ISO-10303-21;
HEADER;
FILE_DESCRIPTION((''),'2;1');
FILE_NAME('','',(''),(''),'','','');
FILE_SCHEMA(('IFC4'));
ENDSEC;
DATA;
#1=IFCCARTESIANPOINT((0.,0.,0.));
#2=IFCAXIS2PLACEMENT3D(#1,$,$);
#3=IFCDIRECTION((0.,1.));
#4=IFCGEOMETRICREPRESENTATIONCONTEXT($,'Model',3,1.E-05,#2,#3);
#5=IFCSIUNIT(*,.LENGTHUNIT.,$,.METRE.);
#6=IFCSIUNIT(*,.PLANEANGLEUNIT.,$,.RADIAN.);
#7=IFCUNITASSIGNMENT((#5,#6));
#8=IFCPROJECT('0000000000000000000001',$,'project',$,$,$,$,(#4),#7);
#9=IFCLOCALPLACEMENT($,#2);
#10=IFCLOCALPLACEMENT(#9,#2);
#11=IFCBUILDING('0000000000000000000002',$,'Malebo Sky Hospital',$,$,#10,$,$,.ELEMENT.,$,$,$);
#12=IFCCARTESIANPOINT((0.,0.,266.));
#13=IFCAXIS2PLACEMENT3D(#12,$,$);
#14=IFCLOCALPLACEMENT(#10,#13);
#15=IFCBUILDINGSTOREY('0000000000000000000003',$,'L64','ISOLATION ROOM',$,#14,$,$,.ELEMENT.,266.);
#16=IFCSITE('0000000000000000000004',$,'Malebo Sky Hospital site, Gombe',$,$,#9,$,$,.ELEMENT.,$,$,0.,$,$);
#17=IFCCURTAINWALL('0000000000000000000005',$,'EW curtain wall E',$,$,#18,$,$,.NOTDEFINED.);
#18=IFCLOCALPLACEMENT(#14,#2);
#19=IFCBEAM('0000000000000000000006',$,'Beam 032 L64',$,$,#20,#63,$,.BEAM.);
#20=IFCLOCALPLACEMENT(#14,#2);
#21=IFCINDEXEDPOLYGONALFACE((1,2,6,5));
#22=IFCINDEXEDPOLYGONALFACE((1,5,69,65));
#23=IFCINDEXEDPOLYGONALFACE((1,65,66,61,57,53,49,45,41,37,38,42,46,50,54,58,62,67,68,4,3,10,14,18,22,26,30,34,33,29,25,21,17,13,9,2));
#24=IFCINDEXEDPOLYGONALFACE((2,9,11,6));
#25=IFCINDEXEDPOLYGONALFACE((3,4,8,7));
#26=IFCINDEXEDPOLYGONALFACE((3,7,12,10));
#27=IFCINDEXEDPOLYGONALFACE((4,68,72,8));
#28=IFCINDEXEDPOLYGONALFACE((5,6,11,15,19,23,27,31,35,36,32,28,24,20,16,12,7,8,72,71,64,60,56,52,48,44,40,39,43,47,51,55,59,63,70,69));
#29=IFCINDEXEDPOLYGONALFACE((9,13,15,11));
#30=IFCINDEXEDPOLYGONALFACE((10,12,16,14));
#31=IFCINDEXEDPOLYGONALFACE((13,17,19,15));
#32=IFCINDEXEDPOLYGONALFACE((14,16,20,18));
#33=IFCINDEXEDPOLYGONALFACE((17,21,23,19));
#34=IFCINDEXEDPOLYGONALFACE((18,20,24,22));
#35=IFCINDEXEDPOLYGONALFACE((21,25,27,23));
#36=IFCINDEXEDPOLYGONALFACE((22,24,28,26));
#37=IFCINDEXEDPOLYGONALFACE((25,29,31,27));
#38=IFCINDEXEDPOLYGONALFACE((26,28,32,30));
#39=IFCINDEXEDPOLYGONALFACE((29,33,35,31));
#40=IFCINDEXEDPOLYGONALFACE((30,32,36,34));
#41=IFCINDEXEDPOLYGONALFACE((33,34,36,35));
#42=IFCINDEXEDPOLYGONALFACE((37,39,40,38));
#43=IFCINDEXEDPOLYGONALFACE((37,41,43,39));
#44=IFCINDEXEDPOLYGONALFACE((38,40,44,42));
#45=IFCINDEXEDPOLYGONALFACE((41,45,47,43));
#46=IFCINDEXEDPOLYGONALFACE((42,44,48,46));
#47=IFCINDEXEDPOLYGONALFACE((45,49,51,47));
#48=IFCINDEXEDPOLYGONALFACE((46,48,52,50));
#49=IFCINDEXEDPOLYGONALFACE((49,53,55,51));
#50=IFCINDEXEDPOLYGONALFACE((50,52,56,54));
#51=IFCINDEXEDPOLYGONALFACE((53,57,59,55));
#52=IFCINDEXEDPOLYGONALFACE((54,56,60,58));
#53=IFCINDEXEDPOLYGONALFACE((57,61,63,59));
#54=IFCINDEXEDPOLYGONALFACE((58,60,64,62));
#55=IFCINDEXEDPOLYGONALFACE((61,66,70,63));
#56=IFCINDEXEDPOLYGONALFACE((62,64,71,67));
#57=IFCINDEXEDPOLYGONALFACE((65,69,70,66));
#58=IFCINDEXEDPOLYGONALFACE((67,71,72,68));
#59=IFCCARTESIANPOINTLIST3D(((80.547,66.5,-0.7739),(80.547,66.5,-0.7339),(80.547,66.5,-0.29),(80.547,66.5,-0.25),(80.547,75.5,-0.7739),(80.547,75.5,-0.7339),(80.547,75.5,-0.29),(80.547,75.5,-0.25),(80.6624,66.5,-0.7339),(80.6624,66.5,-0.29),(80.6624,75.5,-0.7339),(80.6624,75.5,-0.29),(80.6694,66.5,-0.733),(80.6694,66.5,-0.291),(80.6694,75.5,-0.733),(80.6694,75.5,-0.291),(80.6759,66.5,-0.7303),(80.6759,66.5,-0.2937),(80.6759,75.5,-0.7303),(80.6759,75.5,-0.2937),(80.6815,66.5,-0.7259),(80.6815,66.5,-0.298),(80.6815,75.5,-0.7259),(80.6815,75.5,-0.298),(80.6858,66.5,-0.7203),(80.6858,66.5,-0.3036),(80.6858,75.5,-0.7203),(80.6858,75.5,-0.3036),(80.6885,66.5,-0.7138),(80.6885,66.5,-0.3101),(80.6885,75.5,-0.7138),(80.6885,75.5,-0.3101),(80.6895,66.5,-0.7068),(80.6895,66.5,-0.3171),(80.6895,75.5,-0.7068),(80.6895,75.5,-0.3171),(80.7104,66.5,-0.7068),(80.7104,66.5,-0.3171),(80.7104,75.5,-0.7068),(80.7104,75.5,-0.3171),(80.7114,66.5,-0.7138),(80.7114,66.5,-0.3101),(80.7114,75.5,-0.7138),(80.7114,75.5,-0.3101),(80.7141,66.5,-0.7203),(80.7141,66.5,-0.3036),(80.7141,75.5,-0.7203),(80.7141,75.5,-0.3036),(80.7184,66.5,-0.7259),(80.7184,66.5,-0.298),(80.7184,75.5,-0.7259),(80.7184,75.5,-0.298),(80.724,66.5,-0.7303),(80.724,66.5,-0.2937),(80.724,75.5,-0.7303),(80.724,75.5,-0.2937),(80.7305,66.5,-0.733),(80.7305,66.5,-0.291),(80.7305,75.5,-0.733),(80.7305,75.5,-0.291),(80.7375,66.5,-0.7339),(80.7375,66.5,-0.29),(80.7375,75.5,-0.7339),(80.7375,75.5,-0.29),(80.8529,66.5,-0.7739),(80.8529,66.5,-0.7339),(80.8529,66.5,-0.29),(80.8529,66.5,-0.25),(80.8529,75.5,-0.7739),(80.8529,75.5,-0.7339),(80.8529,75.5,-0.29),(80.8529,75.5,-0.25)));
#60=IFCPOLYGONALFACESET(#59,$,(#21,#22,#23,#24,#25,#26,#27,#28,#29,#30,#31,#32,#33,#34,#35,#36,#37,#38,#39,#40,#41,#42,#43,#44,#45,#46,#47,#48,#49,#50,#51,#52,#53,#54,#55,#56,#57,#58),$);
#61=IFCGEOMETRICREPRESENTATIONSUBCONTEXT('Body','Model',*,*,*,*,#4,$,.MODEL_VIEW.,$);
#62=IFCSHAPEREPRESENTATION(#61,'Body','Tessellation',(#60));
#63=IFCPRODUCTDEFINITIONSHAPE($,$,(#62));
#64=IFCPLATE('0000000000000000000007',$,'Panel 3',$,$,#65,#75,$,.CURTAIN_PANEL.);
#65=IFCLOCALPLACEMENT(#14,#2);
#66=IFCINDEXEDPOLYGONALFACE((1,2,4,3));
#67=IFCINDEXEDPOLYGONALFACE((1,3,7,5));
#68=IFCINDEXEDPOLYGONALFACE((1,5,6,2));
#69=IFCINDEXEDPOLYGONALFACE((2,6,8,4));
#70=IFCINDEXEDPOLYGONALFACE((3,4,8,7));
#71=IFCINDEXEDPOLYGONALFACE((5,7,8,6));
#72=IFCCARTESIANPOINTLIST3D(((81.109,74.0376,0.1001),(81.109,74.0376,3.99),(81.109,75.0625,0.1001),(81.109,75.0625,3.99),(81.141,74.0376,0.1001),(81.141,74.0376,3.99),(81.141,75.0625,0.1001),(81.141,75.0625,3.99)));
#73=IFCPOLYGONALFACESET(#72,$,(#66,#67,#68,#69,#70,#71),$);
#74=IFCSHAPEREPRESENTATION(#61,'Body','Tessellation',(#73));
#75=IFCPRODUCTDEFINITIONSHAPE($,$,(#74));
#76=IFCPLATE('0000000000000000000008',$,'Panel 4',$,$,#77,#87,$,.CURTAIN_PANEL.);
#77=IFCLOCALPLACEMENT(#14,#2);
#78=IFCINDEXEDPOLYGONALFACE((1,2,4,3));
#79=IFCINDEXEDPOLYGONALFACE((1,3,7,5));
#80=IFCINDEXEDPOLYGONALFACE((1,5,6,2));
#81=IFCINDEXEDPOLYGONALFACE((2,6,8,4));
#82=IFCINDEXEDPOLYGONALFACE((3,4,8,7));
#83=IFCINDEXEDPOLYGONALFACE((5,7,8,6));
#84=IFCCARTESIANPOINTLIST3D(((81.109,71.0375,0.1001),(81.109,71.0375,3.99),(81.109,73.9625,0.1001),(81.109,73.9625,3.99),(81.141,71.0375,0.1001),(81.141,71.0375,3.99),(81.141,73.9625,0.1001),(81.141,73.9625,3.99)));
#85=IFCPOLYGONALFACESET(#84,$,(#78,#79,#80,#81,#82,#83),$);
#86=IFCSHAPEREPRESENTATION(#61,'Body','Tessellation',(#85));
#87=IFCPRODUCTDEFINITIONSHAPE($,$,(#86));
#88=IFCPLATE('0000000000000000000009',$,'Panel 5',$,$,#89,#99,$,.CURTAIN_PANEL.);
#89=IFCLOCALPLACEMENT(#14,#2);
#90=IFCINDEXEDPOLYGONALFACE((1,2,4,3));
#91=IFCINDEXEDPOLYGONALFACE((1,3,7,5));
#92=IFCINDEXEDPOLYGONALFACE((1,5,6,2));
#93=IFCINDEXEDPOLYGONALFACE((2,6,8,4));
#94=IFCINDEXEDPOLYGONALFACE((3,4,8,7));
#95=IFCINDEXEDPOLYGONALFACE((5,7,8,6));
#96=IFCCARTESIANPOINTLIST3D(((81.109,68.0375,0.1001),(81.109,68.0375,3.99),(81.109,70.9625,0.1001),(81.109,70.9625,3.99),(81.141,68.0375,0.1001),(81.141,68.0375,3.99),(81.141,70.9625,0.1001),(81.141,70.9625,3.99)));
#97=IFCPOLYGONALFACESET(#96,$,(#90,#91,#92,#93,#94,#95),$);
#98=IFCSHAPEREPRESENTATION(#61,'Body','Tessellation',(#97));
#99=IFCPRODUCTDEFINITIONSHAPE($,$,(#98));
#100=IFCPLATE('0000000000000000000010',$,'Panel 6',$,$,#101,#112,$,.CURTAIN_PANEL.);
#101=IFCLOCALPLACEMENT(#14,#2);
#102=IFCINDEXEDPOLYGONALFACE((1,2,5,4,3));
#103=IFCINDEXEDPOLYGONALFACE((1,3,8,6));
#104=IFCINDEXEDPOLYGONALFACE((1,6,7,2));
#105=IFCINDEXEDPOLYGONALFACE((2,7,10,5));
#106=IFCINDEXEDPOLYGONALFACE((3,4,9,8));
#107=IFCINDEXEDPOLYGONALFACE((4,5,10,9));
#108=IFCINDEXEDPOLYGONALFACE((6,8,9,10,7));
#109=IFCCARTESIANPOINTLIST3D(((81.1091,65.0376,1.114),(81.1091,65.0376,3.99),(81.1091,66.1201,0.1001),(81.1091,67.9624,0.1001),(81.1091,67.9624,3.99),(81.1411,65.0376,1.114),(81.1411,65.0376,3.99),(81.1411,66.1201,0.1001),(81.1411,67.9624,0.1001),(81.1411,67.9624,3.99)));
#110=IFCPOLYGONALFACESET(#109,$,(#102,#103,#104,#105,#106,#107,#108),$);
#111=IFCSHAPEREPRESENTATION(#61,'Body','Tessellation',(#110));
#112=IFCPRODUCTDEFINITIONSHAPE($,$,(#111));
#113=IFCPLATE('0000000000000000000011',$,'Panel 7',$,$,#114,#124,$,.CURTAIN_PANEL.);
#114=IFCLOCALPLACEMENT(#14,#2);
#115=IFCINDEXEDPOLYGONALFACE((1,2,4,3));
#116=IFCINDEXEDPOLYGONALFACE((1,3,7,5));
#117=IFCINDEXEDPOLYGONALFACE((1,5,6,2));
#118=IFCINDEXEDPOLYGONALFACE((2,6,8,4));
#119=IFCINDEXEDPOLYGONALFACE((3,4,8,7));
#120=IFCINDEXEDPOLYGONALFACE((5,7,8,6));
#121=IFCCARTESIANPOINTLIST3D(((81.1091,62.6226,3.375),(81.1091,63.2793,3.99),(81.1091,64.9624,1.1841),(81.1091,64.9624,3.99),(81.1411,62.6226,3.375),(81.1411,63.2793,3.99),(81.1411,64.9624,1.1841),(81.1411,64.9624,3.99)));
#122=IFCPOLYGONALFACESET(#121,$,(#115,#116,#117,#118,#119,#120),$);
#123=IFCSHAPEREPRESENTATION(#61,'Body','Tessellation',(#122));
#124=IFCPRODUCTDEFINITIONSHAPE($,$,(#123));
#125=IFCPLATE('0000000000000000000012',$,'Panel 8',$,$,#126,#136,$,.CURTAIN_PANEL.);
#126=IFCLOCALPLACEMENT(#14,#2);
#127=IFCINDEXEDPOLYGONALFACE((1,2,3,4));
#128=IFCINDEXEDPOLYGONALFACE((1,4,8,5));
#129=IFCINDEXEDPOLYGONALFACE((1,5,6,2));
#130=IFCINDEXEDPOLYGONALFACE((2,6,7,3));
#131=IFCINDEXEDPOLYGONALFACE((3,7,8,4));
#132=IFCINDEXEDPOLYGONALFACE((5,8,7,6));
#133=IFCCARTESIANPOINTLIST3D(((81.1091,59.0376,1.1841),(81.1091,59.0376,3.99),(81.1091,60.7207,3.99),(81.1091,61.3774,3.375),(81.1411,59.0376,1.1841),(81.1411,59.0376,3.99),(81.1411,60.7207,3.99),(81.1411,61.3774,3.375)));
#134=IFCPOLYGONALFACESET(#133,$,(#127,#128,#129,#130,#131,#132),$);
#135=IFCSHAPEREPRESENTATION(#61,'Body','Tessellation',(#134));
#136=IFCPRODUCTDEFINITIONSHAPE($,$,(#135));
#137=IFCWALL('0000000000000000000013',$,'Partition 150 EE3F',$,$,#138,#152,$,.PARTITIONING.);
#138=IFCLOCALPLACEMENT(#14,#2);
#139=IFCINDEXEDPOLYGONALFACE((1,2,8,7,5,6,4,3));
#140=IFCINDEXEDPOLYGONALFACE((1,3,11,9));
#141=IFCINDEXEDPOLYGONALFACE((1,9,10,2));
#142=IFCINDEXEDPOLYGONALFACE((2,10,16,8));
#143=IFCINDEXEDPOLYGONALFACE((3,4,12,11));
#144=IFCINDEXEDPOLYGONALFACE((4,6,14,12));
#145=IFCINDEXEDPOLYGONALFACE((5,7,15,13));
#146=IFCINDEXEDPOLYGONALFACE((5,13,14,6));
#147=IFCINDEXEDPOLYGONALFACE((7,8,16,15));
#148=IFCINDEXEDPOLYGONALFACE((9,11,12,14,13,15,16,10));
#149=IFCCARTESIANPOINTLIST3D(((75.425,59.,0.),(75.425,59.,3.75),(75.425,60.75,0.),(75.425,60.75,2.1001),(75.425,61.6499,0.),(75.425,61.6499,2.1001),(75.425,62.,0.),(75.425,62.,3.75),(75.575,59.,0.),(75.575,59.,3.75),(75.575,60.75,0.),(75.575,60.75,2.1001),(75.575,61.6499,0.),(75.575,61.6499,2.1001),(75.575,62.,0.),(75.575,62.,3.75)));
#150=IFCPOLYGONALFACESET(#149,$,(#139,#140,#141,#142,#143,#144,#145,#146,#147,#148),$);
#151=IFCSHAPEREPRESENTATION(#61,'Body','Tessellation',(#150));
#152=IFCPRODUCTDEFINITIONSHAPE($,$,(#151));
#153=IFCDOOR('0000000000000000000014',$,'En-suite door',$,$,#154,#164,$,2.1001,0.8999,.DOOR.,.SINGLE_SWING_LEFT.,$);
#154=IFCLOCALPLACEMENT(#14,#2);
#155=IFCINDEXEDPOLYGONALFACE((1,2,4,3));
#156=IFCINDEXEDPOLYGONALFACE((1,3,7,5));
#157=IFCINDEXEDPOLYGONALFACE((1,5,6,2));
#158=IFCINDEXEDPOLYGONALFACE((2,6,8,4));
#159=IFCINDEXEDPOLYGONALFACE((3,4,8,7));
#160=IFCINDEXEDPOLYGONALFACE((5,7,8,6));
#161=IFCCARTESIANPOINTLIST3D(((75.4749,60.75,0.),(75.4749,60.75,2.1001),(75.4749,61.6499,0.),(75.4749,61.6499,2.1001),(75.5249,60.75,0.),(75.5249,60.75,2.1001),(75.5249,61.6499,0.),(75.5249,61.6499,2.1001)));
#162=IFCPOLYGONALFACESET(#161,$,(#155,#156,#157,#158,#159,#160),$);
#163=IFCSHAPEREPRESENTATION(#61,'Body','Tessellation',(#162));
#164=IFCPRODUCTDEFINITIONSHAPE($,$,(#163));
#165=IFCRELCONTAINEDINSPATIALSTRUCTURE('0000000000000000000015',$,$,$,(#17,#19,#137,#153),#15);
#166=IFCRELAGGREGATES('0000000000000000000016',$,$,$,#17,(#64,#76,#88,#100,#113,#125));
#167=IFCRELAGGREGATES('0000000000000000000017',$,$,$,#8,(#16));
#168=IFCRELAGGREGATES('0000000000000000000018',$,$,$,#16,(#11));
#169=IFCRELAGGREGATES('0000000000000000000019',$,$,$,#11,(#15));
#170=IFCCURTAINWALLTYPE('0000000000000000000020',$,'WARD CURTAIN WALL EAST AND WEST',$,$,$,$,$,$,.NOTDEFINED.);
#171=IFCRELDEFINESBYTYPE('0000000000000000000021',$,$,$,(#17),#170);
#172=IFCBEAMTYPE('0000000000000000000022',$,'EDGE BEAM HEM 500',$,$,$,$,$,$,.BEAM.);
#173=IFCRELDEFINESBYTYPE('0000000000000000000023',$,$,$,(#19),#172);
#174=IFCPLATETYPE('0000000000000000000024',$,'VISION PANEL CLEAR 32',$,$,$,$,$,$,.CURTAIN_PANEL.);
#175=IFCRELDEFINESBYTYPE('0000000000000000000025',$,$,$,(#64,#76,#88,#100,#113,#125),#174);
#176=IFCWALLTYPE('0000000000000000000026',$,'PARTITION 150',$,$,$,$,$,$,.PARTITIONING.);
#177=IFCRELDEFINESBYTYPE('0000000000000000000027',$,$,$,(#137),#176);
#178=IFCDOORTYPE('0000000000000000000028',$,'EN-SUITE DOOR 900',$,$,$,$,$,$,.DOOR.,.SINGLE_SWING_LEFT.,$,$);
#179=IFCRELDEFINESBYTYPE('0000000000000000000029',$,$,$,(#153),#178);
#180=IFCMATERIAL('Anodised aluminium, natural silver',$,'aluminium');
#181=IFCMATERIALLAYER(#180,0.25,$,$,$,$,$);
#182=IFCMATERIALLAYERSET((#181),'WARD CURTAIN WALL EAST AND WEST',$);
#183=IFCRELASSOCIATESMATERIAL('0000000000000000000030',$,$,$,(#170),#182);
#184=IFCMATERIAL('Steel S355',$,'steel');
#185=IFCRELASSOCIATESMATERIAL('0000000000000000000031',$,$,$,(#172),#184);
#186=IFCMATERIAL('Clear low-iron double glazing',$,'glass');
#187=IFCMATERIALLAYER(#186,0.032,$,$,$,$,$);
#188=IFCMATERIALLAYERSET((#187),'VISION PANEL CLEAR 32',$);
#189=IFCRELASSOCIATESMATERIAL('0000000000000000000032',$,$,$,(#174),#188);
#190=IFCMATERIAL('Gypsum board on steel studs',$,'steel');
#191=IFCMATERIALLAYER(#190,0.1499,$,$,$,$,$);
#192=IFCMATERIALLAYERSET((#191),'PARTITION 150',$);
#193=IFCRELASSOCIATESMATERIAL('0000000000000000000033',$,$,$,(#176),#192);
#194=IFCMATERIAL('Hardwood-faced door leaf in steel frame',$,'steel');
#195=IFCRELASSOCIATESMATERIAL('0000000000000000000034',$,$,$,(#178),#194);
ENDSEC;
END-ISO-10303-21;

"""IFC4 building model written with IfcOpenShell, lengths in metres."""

from ifc_helpers import new_model, si_unit, direction, frame, frame_2d, origin, origin_2d, place, context, subcontext, project, spatial, polyline, rectangle, i_section, outline, extrude, material, layer, layer_set, material_profile, profile_set, type_object, element, fill, aggregate, save


model = new_model("IFC4")

# Units and contexts
model_context = context("Model", 3, precision=1e-05, world=origin(), true_north=direction((0.0, 1.0)))
body_context = subcontext(model_context, "Body", "Model", "MODEL_VIEW")
ifc_project = project(units=[si_unit("LENGTHUNIT", "METRE"), si_unit("PLANEANGLEUNIT", "RADIAN")], contexts=[model_context])

# Site, building, storey
site_placement = place(None, origin())
site = spatial("IfcSite", under=ifc_project, at=site_placement, Name="Malebo Sky Hospital site, Gombe", CompositionType="ELEMENT", RefElevation=0.0)
building_placement = place(site_placement, origin())
building = spatial("IfcBuilding", under=site, at=building_placement, Name="Malebo Sky Hospital", CompositionType="ELEMENT")
storey_placement = place(building_placement, frame((0.0, 0.0, 266.0)))
storey = spatial("IfcBuildingStorey", under=building, at=storey_placement, Name="L64", Description="ISOLATION ROOM", CompositionType="ELEMENT", Elevation=266.0)

# Curtain wall
ifc_material_1 = material(Name="Anodised aluminium, natural silver", Category="aluminium")
ifc_layer_1 = layer(ifc_material_1, 0.25)
ifc_layer_set_1 = layer_set([ifc_layer_1], Name="WARD CURTAIN WALL EAST AND WEST")
curtain_wall_type = type_object("IfcCurtainWallType", Name="WARD CURTAIN WALL EAST AND WEST", PredefinedType="NOTDEFINED", material=ifc_layer_set_1)
curtain_wall_placement = place(storey_placement, origin())
curtain_wall = element("IfcCurtainWall", 1, at=curtain_wall_placement, inside=storey, type_object=curtain_wall_type, Name="EW curtain wall E", PredefinedType="NOTDEFINED")

# Shared definitions
ifc_material_2 = material(Name="Steel S355", Category="steel")

# Beam
ifc_material_profile_1 = material_profile(ifc_material_2, i_section(OverallWidth=0.3059, OverallDepth=0.5239, WebThickness=0.021, FlangeThickness=0.04, FilletRadius=0.0271, at=origin_2d()), Name="HEM 500")
ifc_profile_set_1 = profile_set([ifc_material_profile_1], Name="Steel S355")
beam_type = type_object("IfcBeamType", Name="EDGE BEAM HEM 500", PredefinedType="BEAM", material=ifc_profile_set_1)
beam_placement = place(storey_placement, frame((80.7, 66.5, -0.512), z_axis=(0.0, 1.0, 0.0), x_axis=(-1.0, 0.0, 0.0)))
element("IfcBeam", 2, at=beam_placement, inside=storey, type_object=beam_type, Name="Beam 032 L64", PredefinedType="BEAM", context=body_context, shape_type="SweptSolid", body=[
    extrude(i_section(OverallWidth=0.3059, OverallDepth=0.5239, WebThickness=0.021, FlangeThickness=0.04, FilletRadius=0.0271, at=origin_2d()), origin(), (0.0, 0.0, 1.0), 9.0),
])

# Plates
ifc_material_3 = material(Name="Clear low-iron double glazing", Category="glass")
ifc_layer_2 = layer(ifc_material_3, 0.032)
ifc_layer_set_2 = layer_set([ifc_layer_2], Name="VISION PANEL CLEAR 32")
plate_type = type_object("IfcPlateType", Name="VISION PANEL CLEAR 32", PredefinedType="CURTAIN_PANEL", material=ifc_layer_set_2)
plate_1_placement = place(storey_placement, frame((81.125, 74.55, 0.1001), z_axis=(0.0, 0.0, 1.0), x_axis=(0.0, -1.0, 0.0)))
plate_1 = element("IfcPlate", 3, at=plate_1_placement, type_object=plate_type, Name="Panel 3", PredefinedType="CURTAIN_PANEL", context=body_context, shape_type="SweptSolid", body=[
    extrude(rectangle(XDim=1.0249, YDim=0.032, at=origin_2d()), origin(), (0.0, 0.0, 1.0), 3.8899),
])
plate_2_placement = place(storey_placement, frame((81.125, 72.5, 0.1001), z_axis=(0.0, 0.0, 1.0), x_axis=(0.0, -1.0, 0.0)))
plate_2 = element("IfcPlate", 4, at=plate_2_placement, type_object=plate_type, Name="Panel 4", PredefinedType="CURTAIN_PANEL", context=body_context, shape_type="SweptSolid", body=[
    extrude(rectangle(XDim=2.925, YDim=0.032, at=origin_2d()), origin(), (0.0, 0.0, 1.0), 3.8899),
])
plate_3_placement = place(storey_placement, frame((81.125, 69.5, 0.1001), z_axis=(0.0, 0.0, 1.0), x_axis=(0.0, -1.0, 0.0)))
plate_3 = element("IfcPlate", 5, at=plate_3_placement, type_object=plate_type, Name="Panel 5", PredefinedType="CURTAIN_PANEL", context=body_context, shape_type="SweptSolid", body=[
    extrude(rectangle(XDim=2.925, YDim=0.032, at=origin_2d()), origin(), (0.0, 0.0, 1.0), 3.8899),
])
plate_4_placement = place(storey_placement, frame((81.125, 66.5, 0.1001), z_axis=(0.0, 0.0, 1.0), x_axis=(0.0, -1.0, 0.0)))
plate_4 = element("IfcPlate", 6, at=plate_4_placement, type_object=plate_type, Name="Panel 6", PredefinedType="CURTAIN_PANEL", context=body_context, shape_type="SweptSolid", body=[
    extrude(outline(polyline([(-1.4624, 0.0), (0.3799, 0.0), (1.4624, 1.0139), (1.4624, 3.8899), (-1.4624, 3.8899), (-1.4624, 0.0)])), frame((0.0, 0.0161, 0.0), z_axis=(0.0, -1.0, 0.0), x_axis=(1.0, 0.0, 0.0)), (0.0, 0.0, 1.0), 0.032),
])
plate_5_placement = place(storey_placement, frame((81.125, 63.7925, 1.1841), z_axis=(0.0, 0.0, 1.0), x_axis=(0.0, -1.0, 0.0)))
plate_5 = element("IfcPlate", 7, at=plate_5_placement, type_object=plate_type, Name="Panel 7", PredefinedType="CURTAIN_PANEL", context=body_context, shape_type="SweptSolid", body=[
    extrude(outline(polyline([(-1.1699, 0.0), (1.1699, 2.1909), (0.5132, 2.8059), (-1.1699, 2.8059), (-1.1699, 0.0)])), frame((0.0, 0.0161, 0.0), z_axis=(0.0, -1.0, 0.0), x_axis=(1.0, 0.0, 0.0)), (0.0, 0.0, 1.0), 0.032),
])
plate_6_placement = place(storey_placement, frame((81.125, 60.2075, 1.1841), z_axis=(0.0, 0.0, 1.0), x_axis=(0.0, -1.0, 0.0)))
plate_6 = element("IfcPlate", 8, at=plate_6_placement, type_object=plate_type, Name="Panel 8", PredefinedType="CURTAIN_PANEL", context=body_context, shape_type="SweptSolid", body=[
    extrude(outline(polyline([(1.1699, 0.0), (1.1699, 2.8059), (-0.5132, 2.8059), (-1.1699, 2.1909), (1.1699, 0.0)])), frame((0.0, 0.0161, 0.0), z_axis=(0.0, -1.0, 0.0), x_axis=(1.0, 0.0, 0.0)), (0.0, 0.0, 1.0), 0.032),
])
aggregate(curtain_wall, [plate_1, plate_2, plate_3, plate_4, plate_5, plate_6])

# Wall, opening, door
ifc_material_4 = material(Name="Gypsum board on steel studs", Category="steel")
ifc_layer_3 = layer(ifc_material_4, 0.1499)
ifc_layer_set_3 = layer_set([ifc_layer_3], Name="PARTITION 150")
wall_type_1 = type_object("IfcWallType", Name="PARTITION 150", PredefinedType="PARTITIONING", material=ifc_layer_set_3)
wall_1_placement = place(storey_placement, frame((75.5, 62.0, 0.0), z_axis=(0.0, 0.0, 1.0), x_axis=(0.0, -1.0, 0.0)))
wall_1 = element("IfcWall", 9, at=wall_1_placement, inside=storey, type_object=wall_type_1, Name="Partition 150 EE3F", PredefinedType="PARTITIONING", context=body_context, shape_type="SweptSolid", body=[
    extrude(rectangle(XDim=3.0, YDim=0.1499, at=frame_2d((1.5, 0.0))), origin(), (0.0, 0.0, 1.0), 3.75),
])
opening_1_placement = place(wall_1_placement, frame((0.3501, 0.0, 0.0)))
opening_1 = element("IfcOpeningElement", 10, at=opening_1_placement, cuts=wall_1, PredefinedType="OPENING", context=body_context, shape_type="SweptSolid", body=[
    extrude(rectangle(XDim=0.8999, YDim=2.1001, at=frame_2d((0.45, 1.05))), frame((0.0, 0.085, 0.0), z_axis=(0.0, -1.0, 0.0), x_axis=(1.0, 0.0, 0.0)), (0.0, 0.0, 1.0), 0.1699),
])
ifc_material_5 = material(Name="Hardwood-faced door leaf in steel frame", Category="steel")
door_type_1 = type_object("IfcDoorType", Name="EN-SUITE DOOR 900", OperationType="SINGLE_SWING_LEFT", PredefinedType="DOOR", material=ifc_material_5)
door_1_placement = place(opening_1_placement, origin())
door_1 = element("IfcDoor", 11, at=door_1_placement, inside=storey, type_object=door_type_1, Name="En-suite door", OperationType="SINGLE_SWING_LEFT", OverallHeight=2.1001, OverallWidth=0.8999, PredefinedType="DOOR", context=body_context, shape_type="SweptSolid", body=[
    extrude(rectangle(XDim=0.8999, YDim=2.1001, at=frame_2d((0.45, 1.05))), frame((0.0, 0.0249, 0.0), z_axis=(0.0, -1.0, 0.0), x_axis=(1.0, 0.0, 0.0)), (0.0, 0.0, 1.0), 0.05),
])
fill(opening_1, door_1)

save(model, "model.ifc")
